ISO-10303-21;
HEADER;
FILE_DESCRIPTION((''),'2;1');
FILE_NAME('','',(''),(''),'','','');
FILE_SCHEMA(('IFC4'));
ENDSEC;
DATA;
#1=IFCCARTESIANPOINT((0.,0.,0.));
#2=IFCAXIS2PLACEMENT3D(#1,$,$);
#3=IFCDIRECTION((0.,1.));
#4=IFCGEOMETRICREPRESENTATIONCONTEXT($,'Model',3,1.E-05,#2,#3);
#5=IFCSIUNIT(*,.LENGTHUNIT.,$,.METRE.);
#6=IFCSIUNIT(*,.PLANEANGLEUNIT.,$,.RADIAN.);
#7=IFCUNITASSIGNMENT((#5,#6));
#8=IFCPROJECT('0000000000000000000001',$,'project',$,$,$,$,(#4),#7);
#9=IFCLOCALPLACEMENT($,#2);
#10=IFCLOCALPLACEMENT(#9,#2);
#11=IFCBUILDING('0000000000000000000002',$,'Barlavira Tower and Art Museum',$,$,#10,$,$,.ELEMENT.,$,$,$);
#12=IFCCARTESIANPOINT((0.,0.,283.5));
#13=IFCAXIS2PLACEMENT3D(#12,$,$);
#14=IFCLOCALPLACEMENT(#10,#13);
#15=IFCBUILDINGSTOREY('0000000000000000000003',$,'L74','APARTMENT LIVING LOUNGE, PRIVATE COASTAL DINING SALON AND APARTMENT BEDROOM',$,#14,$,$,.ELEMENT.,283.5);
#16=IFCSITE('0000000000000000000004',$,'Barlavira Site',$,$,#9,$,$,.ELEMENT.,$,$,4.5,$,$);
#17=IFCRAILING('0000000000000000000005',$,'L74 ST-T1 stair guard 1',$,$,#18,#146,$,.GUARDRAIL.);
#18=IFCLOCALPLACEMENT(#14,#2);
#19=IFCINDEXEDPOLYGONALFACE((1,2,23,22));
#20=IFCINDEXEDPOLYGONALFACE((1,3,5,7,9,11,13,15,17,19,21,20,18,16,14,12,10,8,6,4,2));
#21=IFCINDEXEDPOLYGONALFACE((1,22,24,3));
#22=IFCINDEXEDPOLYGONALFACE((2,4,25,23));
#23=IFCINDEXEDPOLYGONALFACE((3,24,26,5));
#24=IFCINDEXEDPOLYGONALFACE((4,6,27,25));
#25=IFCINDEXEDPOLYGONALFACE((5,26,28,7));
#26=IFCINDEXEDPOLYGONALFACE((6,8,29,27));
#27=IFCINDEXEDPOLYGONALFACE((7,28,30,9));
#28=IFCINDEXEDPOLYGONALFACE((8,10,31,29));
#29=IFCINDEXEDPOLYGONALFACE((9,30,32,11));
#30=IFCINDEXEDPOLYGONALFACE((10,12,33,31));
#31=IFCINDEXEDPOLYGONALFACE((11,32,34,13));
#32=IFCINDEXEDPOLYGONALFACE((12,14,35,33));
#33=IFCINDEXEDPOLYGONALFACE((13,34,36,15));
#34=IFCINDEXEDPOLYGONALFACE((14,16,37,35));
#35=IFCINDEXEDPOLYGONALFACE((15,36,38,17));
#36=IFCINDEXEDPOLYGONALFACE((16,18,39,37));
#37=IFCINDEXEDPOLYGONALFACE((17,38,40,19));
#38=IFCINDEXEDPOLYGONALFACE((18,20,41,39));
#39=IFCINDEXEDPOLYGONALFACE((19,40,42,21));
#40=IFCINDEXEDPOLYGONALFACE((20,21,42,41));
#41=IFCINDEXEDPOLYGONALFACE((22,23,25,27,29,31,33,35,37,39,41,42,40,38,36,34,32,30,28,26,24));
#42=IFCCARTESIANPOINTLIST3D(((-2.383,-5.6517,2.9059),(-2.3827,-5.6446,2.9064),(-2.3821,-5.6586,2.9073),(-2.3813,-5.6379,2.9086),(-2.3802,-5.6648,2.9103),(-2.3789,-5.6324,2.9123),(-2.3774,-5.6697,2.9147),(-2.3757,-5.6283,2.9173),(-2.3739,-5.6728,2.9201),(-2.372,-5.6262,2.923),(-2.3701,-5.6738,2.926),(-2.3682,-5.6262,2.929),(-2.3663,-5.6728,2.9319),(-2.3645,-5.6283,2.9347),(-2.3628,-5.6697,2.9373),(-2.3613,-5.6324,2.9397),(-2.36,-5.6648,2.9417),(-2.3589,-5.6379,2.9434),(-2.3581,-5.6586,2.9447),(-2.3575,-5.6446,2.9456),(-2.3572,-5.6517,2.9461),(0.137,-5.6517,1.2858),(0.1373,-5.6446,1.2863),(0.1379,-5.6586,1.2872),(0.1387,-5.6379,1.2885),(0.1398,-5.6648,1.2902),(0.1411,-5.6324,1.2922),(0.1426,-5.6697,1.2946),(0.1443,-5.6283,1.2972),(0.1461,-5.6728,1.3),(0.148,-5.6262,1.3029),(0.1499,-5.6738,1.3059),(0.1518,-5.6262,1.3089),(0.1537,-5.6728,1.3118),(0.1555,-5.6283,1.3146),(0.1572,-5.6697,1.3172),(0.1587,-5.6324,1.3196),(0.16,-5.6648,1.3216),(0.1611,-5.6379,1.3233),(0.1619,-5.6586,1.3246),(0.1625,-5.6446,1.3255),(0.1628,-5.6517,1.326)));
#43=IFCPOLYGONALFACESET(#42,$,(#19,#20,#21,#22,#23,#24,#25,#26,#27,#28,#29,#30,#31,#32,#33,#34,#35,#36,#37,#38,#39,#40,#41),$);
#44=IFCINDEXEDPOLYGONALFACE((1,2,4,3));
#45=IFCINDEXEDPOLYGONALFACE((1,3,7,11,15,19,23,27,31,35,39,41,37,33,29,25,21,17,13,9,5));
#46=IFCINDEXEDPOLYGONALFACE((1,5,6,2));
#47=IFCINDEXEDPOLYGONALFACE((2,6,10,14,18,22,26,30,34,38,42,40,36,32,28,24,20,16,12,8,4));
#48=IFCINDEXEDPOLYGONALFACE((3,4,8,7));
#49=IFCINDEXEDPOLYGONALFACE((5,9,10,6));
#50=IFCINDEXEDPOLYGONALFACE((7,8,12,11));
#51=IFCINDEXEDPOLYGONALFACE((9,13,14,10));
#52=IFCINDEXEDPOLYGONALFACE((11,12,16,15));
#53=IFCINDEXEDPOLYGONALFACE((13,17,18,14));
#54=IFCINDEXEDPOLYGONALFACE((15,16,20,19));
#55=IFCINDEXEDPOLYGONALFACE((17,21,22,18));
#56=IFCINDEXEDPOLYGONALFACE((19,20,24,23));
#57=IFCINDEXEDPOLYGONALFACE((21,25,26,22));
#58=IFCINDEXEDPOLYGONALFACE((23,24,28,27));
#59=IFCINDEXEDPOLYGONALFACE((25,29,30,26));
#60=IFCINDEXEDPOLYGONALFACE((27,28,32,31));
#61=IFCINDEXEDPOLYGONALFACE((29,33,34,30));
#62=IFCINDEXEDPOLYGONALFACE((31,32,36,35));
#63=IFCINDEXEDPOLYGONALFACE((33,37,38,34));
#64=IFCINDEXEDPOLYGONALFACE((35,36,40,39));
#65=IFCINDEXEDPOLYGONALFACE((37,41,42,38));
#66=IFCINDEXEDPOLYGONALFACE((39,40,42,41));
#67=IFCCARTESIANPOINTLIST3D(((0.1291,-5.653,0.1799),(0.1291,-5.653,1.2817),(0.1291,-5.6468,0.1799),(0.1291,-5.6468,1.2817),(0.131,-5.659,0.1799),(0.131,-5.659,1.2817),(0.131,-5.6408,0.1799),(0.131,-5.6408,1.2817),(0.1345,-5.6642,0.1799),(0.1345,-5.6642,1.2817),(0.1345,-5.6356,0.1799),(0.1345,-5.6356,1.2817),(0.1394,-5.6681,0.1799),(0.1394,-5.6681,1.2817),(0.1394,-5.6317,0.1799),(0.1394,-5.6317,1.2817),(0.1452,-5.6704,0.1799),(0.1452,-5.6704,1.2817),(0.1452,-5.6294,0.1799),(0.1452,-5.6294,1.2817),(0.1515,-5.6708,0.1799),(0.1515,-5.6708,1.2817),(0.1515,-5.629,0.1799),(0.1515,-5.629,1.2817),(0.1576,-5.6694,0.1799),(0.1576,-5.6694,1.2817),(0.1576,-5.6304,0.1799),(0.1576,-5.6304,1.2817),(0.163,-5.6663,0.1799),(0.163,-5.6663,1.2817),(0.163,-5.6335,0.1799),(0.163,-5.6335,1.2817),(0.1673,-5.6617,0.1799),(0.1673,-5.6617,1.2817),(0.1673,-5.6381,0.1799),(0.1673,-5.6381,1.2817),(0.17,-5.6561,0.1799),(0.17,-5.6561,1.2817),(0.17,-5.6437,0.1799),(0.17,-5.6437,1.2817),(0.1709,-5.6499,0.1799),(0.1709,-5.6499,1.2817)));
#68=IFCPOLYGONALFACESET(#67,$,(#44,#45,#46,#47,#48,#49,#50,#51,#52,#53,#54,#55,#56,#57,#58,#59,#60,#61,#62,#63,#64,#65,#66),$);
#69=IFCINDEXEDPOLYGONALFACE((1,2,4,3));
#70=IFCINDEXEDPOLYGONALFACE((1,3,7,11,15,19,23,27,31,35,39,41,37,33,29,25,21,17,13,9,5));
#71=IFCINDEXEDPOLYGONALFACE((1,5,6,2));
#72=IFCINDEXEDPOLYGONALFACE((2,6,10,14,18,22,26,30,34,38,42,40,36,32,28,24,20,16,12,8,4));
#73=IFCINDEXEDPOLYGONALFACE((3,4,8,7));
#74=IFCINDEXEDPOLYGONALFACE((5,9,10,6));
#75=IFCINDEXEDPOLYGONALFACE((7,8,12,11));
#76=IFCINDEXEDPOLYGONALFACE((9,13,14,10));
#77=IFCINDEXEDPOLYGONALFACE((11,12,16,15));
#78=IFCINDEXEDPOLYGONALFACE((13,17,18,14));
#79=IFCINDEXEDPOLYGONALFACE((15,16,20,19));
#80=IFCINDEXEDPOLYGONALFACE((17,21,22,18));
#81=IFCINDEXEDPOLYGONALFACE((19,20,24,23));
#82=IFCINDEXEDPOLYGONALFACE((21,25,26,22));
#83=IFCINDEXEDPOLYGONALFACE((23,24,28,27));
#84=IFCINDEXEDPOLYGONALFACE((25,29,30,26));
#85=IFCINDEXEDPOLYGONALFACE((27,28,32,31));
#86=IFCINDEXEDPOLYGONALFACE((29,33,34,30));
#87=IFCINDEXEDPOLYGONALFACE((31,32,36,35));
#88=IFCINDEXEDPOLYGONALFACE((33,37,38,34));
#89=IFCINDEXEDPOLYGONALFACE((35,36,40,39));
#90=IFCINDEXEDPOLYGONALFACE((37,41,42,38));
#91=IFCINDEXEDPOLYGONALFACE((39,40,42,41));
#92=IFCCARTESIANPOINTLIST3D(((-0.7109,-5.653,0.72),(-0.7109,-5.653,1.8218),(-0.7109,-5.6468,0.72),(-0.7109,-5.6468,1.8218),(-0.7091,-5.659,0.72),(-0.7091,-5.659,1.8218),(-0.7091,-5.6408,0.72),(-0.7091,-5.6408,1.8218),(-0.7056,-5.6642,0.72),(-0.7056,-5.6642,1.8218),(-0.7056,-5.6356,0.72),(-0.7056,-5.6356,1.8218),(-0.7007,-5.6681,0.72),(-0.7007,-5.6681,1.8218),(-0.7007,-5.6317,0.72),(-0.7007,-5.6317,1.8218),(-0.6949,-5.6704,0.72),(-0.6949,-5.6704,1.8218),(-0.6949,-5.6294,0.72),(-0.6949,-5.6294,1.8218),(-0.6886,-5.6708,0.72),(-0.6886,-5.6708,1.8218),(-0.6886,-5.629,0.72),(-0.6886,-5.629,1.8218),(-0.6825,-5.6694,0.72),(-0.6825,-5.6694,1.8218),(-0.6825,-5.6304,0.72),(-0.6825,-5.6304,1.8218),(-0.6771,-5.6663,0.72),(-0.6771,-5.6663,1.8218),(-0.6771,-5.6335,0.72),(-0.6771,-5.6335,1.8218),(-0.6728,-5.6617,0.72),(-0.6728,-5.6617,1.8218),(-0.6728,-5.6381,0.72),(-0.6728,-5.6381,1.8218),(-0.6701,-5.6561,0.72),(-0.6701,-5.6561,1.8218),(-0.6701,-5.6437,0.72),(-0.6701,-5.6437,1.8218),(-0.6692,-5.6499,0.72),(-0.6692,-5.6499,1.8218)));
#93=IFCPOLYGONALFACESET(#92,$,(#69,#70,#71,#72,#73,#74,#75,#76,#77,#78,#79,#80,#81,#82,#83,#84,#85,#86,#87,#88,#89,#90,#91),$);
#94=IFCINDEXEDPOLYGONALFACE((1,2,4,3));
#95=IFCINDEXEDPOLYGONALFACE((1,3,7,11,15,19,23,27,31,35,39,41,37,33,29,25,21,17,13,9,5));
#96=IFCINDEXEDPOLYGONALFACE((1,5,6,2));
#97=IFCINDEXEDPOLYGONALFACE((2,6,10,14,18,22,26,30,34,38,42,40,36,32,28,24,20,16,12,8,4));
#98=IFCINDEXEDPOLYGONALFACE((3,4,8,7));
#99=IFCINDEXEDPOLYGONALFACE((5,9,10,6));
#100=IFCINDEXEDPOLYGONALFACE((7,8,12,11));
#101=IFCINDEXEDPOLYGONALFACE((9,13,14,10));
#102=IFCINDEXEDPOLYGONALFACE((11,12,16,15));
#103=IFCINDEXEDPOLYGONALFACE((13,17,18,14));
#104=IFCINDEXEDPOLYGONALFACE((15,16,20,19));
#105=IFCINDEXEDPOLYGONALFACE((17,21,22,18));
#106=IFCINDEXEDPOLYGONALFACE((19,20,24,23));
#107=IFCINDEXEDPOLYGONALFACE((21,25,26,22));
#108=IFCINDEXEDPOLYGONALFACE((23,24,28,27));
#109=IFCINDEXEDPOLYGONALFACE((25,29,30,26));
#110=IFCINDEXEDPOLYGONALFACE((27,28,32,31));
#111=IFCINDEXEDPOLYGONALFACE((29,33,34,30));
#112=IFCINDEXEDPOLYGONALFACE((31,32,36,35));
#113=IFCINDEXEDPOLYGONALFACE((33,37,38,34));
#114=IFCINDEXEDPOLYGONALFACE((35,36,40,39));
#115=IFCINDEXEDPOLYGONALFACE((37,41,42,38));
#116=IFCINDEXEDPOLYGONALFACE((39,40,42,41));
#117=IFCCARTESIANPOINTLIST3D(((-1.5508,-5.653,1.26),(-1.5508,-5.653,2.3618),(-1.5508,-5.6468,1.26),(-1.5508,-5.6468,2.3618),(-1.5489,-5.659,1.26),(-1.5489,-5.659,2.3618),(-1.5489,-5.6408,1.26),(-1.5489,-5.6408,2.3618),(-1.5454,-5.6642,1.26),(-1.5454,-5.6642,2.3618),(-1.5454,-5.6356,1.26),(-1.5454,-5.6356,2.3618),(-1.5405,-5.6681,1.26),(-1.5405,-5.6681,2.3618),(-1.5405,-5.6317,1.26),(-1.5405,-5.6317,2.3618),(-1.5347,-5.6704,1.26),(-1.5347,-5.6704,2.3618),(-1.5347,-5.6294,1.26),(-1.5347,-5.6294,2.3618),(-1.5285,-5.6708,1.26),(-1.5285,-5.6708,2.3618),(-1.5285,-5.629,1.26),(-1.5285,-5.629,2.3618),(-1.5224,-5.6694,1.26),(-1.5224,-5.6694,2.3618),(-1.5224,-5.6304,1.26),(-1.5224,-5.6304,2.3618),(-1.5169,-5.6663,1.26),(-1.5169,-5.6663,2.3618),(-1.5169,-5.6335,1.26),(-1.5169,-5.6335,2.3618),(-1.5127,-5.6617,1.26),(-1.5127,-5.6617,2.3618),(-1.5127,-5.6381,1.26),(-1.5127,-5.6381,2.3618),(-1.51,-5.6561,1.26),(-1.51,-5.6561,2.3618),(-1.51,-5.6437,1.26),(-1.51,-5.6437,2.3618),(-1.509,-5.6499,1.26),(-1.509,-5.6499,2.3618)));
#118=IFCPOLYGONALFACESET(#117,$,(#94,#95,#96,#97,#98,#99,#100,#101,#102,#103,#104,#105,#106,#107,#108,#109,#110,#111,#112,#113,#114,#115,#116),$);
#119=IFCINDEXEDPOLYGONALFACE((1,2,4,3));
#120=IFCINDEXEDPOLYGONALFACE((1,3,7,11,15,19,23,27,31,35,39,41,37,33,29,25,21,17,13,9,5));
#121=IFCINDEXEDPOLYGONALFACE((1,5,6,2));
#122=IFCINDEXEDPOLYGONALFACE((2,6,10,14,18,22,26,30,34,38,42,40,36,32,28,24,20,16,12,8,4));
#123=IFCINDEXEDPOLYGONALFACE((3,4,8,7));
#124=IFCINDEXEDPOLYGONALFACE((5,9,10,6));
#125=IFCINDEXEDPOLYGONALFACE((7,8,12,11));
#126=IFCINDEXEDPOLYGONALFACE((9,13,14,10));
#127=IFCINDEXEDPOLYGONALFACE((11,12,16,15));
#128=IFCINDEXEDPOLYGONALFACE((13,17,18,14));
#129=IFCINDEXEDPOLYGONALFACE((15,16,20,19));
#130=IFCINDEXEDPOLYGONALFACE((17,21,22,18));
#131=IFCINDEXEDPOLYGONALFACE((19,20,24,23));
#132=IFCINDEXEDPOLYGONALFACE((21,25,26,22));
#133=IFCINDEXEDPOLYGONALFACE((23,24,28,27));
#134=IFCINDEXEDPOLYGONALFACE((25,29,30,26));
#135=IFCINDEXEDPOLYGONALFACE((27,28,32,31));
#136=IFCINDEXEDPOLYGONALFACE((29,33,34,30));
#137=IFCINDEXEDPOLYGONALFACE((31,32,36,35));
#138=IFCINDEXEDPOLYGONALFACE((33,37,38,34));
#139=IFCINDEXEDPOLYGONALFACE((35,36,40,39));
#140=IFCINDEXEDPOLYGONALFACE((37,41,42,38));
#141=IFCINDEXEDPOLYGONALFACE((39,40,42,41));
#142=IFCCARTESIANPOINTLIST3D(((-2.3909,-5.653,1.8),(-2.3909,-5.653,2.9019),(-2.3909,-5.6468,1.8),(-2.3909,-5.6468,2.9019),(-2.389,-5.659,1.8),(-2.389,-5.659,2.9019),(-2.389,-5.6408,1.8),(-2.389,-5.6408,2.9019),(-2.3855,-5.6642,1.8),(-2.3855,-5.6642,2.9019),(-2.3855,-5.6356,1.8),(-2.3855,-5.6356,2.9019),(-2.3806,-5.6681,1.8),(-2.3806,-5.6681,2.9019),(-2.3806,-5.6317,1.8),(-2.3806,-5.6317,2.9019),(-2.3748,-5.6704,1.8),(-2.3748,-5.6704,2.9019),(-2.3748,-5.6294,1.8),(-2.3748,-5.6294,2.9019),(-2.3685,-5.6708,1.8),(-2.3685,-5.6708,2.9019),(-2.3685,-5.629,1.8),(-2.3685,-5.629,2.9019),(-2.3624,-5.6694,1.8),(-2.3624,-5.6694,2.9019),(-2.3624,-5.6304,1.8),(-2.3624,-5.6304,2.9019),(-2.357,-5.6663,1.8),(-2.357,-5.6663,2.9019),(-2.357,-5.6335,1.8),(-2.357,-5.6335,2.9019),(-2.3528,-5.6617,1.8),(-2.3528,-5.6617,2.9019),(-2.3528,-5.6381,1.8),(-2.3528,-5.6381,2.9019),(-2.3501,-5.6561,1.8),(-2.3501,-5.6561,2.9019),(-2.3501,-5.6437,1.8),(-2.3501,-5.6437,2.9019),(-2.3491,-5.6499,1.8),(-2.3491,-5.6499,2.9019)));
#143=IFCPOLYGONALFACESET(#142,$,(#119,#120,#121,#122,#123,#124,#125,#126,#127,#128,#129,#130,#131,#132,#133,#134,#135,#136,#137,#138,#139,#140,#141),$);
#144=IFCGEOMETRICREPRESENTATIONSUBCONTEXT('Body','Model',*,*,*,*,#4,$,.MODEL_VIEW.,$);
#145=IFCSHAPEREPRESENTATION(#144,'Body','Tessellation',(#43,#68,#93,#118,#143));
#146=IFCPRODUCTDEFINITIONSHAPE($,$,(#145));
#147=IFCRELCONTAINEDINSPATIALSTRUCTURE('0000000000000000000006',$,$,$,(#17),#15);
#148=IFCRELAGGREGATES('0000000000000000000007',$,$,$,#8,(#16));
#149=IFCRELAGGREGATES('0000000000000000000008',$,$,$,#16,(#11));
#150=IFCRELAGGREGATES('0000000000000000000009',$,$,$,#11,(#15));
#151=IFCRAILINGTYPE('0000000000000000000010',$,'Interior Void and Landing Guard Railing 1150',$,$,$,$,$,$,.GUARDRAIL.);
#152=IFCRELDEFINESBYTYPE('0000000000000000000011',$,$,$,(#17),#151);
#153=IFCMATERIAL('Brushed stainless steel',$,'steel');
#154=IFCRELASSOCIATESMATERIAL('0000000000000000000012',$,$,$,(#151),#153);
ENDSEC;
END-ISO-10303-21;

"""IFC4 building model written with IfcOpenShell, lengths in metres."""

from ifc_helpers import new_model, si_unit, direction, frame, origin, origin_2d, place, context, subcontext, project, spatial, circle, extrude, material, type_object, element, save


model = new_model("IFC4")

# Units and contexts
model_context = context("Model", 3, precision=1e-05, world=origin(), true_north=direction((0.0, 1.0)))
body_context = subcontext(model_context, "Body", "Model", "MODEL_VIEW")
ifc_project = project(units=[si_unit("LENGTHUNIT", "METRE"), si_unit("PLANEANGLEUNIT", "RADIAN")], contexts=[model_context])

# Site, building, storey
site_placement = place(None, origin())
site = spatial("IfcSite", under=ifc_project, at=site_placement, Name="Barlavira Site", CompositionType="ELEMENT", RefElevation=4.5)
building_placement = place(site_placement, origin())
building = spatial("IfcBuilding", under=site, at=building_placement, Name="Barlavira Tower and Art Museum", CompositionType="ELEMENT")
storey_placement = place(building_placement, frame((0.0, 0.0, 283.5)))
storey = spatial("IfcBuildingStorey", under=building, at=storey_placement, Name="L74", Description="APARTMENT LIVING LOUNGE, PRIVATE COASTAL DINING SALON AND APARTMENT BEDROOM", CompositionType="ELEMENT", Elevation=283.5)

# Shared definitions
ifc_material_1 = material(Name="Brushed stainless steel", Category="steel")

# Railing
railing_type_1 = type_object("IfcRailingType", Name="Interior Void and Landing Guard Railing 1150", PredefinedType="GUARDRAIL", material=ifc_material_1)
railing_1_placement = place(storey_placement, frame((0.1499, -5.6499, 0.1799)))
element("IfcRailing", 1, at=railing_1_placement, inside=storey, type_object=railing_type_1, Name="L74 ST-T1 stair guard 1", PredefinedType="GUARDRAIL", context=body_context, shape_type="SweptSolid", body=[
    extrude(circle(Radius=0.0239, at=origin_2d()), frame((0.0, 0.0, 1.126), z_axis=(-0.841163, 0.0, 0.540782), x_axis=(0.0, -1.0, 0.0)), (0.0, 0.0, 1.0), 2.9958),
    extrude(circle(Radius=0.021, at=origin_2d()), origin(), (0.0, 0.0, 1.0), 1.1018),
    extrude(circle(Radius=0.021, at=origin_2d()), frame((-0.8401, 0.0, 0.54)), (0.0, 0.0, 1.0), 1.1018),
    extrude(circle(Radius=0.021, at=origin_2d()), frame((-1.6799, 0.0, 1.0801)), (0.0, 0.0, 1.0), 1.1018),
    extrude(circle(Radius=0.021, at=origin_2d()), frame((-2.52, 0.0, 1.6201)), (0.0, 0.0, 1.0), 1.1018),
])

save(model, "model.ifc")
